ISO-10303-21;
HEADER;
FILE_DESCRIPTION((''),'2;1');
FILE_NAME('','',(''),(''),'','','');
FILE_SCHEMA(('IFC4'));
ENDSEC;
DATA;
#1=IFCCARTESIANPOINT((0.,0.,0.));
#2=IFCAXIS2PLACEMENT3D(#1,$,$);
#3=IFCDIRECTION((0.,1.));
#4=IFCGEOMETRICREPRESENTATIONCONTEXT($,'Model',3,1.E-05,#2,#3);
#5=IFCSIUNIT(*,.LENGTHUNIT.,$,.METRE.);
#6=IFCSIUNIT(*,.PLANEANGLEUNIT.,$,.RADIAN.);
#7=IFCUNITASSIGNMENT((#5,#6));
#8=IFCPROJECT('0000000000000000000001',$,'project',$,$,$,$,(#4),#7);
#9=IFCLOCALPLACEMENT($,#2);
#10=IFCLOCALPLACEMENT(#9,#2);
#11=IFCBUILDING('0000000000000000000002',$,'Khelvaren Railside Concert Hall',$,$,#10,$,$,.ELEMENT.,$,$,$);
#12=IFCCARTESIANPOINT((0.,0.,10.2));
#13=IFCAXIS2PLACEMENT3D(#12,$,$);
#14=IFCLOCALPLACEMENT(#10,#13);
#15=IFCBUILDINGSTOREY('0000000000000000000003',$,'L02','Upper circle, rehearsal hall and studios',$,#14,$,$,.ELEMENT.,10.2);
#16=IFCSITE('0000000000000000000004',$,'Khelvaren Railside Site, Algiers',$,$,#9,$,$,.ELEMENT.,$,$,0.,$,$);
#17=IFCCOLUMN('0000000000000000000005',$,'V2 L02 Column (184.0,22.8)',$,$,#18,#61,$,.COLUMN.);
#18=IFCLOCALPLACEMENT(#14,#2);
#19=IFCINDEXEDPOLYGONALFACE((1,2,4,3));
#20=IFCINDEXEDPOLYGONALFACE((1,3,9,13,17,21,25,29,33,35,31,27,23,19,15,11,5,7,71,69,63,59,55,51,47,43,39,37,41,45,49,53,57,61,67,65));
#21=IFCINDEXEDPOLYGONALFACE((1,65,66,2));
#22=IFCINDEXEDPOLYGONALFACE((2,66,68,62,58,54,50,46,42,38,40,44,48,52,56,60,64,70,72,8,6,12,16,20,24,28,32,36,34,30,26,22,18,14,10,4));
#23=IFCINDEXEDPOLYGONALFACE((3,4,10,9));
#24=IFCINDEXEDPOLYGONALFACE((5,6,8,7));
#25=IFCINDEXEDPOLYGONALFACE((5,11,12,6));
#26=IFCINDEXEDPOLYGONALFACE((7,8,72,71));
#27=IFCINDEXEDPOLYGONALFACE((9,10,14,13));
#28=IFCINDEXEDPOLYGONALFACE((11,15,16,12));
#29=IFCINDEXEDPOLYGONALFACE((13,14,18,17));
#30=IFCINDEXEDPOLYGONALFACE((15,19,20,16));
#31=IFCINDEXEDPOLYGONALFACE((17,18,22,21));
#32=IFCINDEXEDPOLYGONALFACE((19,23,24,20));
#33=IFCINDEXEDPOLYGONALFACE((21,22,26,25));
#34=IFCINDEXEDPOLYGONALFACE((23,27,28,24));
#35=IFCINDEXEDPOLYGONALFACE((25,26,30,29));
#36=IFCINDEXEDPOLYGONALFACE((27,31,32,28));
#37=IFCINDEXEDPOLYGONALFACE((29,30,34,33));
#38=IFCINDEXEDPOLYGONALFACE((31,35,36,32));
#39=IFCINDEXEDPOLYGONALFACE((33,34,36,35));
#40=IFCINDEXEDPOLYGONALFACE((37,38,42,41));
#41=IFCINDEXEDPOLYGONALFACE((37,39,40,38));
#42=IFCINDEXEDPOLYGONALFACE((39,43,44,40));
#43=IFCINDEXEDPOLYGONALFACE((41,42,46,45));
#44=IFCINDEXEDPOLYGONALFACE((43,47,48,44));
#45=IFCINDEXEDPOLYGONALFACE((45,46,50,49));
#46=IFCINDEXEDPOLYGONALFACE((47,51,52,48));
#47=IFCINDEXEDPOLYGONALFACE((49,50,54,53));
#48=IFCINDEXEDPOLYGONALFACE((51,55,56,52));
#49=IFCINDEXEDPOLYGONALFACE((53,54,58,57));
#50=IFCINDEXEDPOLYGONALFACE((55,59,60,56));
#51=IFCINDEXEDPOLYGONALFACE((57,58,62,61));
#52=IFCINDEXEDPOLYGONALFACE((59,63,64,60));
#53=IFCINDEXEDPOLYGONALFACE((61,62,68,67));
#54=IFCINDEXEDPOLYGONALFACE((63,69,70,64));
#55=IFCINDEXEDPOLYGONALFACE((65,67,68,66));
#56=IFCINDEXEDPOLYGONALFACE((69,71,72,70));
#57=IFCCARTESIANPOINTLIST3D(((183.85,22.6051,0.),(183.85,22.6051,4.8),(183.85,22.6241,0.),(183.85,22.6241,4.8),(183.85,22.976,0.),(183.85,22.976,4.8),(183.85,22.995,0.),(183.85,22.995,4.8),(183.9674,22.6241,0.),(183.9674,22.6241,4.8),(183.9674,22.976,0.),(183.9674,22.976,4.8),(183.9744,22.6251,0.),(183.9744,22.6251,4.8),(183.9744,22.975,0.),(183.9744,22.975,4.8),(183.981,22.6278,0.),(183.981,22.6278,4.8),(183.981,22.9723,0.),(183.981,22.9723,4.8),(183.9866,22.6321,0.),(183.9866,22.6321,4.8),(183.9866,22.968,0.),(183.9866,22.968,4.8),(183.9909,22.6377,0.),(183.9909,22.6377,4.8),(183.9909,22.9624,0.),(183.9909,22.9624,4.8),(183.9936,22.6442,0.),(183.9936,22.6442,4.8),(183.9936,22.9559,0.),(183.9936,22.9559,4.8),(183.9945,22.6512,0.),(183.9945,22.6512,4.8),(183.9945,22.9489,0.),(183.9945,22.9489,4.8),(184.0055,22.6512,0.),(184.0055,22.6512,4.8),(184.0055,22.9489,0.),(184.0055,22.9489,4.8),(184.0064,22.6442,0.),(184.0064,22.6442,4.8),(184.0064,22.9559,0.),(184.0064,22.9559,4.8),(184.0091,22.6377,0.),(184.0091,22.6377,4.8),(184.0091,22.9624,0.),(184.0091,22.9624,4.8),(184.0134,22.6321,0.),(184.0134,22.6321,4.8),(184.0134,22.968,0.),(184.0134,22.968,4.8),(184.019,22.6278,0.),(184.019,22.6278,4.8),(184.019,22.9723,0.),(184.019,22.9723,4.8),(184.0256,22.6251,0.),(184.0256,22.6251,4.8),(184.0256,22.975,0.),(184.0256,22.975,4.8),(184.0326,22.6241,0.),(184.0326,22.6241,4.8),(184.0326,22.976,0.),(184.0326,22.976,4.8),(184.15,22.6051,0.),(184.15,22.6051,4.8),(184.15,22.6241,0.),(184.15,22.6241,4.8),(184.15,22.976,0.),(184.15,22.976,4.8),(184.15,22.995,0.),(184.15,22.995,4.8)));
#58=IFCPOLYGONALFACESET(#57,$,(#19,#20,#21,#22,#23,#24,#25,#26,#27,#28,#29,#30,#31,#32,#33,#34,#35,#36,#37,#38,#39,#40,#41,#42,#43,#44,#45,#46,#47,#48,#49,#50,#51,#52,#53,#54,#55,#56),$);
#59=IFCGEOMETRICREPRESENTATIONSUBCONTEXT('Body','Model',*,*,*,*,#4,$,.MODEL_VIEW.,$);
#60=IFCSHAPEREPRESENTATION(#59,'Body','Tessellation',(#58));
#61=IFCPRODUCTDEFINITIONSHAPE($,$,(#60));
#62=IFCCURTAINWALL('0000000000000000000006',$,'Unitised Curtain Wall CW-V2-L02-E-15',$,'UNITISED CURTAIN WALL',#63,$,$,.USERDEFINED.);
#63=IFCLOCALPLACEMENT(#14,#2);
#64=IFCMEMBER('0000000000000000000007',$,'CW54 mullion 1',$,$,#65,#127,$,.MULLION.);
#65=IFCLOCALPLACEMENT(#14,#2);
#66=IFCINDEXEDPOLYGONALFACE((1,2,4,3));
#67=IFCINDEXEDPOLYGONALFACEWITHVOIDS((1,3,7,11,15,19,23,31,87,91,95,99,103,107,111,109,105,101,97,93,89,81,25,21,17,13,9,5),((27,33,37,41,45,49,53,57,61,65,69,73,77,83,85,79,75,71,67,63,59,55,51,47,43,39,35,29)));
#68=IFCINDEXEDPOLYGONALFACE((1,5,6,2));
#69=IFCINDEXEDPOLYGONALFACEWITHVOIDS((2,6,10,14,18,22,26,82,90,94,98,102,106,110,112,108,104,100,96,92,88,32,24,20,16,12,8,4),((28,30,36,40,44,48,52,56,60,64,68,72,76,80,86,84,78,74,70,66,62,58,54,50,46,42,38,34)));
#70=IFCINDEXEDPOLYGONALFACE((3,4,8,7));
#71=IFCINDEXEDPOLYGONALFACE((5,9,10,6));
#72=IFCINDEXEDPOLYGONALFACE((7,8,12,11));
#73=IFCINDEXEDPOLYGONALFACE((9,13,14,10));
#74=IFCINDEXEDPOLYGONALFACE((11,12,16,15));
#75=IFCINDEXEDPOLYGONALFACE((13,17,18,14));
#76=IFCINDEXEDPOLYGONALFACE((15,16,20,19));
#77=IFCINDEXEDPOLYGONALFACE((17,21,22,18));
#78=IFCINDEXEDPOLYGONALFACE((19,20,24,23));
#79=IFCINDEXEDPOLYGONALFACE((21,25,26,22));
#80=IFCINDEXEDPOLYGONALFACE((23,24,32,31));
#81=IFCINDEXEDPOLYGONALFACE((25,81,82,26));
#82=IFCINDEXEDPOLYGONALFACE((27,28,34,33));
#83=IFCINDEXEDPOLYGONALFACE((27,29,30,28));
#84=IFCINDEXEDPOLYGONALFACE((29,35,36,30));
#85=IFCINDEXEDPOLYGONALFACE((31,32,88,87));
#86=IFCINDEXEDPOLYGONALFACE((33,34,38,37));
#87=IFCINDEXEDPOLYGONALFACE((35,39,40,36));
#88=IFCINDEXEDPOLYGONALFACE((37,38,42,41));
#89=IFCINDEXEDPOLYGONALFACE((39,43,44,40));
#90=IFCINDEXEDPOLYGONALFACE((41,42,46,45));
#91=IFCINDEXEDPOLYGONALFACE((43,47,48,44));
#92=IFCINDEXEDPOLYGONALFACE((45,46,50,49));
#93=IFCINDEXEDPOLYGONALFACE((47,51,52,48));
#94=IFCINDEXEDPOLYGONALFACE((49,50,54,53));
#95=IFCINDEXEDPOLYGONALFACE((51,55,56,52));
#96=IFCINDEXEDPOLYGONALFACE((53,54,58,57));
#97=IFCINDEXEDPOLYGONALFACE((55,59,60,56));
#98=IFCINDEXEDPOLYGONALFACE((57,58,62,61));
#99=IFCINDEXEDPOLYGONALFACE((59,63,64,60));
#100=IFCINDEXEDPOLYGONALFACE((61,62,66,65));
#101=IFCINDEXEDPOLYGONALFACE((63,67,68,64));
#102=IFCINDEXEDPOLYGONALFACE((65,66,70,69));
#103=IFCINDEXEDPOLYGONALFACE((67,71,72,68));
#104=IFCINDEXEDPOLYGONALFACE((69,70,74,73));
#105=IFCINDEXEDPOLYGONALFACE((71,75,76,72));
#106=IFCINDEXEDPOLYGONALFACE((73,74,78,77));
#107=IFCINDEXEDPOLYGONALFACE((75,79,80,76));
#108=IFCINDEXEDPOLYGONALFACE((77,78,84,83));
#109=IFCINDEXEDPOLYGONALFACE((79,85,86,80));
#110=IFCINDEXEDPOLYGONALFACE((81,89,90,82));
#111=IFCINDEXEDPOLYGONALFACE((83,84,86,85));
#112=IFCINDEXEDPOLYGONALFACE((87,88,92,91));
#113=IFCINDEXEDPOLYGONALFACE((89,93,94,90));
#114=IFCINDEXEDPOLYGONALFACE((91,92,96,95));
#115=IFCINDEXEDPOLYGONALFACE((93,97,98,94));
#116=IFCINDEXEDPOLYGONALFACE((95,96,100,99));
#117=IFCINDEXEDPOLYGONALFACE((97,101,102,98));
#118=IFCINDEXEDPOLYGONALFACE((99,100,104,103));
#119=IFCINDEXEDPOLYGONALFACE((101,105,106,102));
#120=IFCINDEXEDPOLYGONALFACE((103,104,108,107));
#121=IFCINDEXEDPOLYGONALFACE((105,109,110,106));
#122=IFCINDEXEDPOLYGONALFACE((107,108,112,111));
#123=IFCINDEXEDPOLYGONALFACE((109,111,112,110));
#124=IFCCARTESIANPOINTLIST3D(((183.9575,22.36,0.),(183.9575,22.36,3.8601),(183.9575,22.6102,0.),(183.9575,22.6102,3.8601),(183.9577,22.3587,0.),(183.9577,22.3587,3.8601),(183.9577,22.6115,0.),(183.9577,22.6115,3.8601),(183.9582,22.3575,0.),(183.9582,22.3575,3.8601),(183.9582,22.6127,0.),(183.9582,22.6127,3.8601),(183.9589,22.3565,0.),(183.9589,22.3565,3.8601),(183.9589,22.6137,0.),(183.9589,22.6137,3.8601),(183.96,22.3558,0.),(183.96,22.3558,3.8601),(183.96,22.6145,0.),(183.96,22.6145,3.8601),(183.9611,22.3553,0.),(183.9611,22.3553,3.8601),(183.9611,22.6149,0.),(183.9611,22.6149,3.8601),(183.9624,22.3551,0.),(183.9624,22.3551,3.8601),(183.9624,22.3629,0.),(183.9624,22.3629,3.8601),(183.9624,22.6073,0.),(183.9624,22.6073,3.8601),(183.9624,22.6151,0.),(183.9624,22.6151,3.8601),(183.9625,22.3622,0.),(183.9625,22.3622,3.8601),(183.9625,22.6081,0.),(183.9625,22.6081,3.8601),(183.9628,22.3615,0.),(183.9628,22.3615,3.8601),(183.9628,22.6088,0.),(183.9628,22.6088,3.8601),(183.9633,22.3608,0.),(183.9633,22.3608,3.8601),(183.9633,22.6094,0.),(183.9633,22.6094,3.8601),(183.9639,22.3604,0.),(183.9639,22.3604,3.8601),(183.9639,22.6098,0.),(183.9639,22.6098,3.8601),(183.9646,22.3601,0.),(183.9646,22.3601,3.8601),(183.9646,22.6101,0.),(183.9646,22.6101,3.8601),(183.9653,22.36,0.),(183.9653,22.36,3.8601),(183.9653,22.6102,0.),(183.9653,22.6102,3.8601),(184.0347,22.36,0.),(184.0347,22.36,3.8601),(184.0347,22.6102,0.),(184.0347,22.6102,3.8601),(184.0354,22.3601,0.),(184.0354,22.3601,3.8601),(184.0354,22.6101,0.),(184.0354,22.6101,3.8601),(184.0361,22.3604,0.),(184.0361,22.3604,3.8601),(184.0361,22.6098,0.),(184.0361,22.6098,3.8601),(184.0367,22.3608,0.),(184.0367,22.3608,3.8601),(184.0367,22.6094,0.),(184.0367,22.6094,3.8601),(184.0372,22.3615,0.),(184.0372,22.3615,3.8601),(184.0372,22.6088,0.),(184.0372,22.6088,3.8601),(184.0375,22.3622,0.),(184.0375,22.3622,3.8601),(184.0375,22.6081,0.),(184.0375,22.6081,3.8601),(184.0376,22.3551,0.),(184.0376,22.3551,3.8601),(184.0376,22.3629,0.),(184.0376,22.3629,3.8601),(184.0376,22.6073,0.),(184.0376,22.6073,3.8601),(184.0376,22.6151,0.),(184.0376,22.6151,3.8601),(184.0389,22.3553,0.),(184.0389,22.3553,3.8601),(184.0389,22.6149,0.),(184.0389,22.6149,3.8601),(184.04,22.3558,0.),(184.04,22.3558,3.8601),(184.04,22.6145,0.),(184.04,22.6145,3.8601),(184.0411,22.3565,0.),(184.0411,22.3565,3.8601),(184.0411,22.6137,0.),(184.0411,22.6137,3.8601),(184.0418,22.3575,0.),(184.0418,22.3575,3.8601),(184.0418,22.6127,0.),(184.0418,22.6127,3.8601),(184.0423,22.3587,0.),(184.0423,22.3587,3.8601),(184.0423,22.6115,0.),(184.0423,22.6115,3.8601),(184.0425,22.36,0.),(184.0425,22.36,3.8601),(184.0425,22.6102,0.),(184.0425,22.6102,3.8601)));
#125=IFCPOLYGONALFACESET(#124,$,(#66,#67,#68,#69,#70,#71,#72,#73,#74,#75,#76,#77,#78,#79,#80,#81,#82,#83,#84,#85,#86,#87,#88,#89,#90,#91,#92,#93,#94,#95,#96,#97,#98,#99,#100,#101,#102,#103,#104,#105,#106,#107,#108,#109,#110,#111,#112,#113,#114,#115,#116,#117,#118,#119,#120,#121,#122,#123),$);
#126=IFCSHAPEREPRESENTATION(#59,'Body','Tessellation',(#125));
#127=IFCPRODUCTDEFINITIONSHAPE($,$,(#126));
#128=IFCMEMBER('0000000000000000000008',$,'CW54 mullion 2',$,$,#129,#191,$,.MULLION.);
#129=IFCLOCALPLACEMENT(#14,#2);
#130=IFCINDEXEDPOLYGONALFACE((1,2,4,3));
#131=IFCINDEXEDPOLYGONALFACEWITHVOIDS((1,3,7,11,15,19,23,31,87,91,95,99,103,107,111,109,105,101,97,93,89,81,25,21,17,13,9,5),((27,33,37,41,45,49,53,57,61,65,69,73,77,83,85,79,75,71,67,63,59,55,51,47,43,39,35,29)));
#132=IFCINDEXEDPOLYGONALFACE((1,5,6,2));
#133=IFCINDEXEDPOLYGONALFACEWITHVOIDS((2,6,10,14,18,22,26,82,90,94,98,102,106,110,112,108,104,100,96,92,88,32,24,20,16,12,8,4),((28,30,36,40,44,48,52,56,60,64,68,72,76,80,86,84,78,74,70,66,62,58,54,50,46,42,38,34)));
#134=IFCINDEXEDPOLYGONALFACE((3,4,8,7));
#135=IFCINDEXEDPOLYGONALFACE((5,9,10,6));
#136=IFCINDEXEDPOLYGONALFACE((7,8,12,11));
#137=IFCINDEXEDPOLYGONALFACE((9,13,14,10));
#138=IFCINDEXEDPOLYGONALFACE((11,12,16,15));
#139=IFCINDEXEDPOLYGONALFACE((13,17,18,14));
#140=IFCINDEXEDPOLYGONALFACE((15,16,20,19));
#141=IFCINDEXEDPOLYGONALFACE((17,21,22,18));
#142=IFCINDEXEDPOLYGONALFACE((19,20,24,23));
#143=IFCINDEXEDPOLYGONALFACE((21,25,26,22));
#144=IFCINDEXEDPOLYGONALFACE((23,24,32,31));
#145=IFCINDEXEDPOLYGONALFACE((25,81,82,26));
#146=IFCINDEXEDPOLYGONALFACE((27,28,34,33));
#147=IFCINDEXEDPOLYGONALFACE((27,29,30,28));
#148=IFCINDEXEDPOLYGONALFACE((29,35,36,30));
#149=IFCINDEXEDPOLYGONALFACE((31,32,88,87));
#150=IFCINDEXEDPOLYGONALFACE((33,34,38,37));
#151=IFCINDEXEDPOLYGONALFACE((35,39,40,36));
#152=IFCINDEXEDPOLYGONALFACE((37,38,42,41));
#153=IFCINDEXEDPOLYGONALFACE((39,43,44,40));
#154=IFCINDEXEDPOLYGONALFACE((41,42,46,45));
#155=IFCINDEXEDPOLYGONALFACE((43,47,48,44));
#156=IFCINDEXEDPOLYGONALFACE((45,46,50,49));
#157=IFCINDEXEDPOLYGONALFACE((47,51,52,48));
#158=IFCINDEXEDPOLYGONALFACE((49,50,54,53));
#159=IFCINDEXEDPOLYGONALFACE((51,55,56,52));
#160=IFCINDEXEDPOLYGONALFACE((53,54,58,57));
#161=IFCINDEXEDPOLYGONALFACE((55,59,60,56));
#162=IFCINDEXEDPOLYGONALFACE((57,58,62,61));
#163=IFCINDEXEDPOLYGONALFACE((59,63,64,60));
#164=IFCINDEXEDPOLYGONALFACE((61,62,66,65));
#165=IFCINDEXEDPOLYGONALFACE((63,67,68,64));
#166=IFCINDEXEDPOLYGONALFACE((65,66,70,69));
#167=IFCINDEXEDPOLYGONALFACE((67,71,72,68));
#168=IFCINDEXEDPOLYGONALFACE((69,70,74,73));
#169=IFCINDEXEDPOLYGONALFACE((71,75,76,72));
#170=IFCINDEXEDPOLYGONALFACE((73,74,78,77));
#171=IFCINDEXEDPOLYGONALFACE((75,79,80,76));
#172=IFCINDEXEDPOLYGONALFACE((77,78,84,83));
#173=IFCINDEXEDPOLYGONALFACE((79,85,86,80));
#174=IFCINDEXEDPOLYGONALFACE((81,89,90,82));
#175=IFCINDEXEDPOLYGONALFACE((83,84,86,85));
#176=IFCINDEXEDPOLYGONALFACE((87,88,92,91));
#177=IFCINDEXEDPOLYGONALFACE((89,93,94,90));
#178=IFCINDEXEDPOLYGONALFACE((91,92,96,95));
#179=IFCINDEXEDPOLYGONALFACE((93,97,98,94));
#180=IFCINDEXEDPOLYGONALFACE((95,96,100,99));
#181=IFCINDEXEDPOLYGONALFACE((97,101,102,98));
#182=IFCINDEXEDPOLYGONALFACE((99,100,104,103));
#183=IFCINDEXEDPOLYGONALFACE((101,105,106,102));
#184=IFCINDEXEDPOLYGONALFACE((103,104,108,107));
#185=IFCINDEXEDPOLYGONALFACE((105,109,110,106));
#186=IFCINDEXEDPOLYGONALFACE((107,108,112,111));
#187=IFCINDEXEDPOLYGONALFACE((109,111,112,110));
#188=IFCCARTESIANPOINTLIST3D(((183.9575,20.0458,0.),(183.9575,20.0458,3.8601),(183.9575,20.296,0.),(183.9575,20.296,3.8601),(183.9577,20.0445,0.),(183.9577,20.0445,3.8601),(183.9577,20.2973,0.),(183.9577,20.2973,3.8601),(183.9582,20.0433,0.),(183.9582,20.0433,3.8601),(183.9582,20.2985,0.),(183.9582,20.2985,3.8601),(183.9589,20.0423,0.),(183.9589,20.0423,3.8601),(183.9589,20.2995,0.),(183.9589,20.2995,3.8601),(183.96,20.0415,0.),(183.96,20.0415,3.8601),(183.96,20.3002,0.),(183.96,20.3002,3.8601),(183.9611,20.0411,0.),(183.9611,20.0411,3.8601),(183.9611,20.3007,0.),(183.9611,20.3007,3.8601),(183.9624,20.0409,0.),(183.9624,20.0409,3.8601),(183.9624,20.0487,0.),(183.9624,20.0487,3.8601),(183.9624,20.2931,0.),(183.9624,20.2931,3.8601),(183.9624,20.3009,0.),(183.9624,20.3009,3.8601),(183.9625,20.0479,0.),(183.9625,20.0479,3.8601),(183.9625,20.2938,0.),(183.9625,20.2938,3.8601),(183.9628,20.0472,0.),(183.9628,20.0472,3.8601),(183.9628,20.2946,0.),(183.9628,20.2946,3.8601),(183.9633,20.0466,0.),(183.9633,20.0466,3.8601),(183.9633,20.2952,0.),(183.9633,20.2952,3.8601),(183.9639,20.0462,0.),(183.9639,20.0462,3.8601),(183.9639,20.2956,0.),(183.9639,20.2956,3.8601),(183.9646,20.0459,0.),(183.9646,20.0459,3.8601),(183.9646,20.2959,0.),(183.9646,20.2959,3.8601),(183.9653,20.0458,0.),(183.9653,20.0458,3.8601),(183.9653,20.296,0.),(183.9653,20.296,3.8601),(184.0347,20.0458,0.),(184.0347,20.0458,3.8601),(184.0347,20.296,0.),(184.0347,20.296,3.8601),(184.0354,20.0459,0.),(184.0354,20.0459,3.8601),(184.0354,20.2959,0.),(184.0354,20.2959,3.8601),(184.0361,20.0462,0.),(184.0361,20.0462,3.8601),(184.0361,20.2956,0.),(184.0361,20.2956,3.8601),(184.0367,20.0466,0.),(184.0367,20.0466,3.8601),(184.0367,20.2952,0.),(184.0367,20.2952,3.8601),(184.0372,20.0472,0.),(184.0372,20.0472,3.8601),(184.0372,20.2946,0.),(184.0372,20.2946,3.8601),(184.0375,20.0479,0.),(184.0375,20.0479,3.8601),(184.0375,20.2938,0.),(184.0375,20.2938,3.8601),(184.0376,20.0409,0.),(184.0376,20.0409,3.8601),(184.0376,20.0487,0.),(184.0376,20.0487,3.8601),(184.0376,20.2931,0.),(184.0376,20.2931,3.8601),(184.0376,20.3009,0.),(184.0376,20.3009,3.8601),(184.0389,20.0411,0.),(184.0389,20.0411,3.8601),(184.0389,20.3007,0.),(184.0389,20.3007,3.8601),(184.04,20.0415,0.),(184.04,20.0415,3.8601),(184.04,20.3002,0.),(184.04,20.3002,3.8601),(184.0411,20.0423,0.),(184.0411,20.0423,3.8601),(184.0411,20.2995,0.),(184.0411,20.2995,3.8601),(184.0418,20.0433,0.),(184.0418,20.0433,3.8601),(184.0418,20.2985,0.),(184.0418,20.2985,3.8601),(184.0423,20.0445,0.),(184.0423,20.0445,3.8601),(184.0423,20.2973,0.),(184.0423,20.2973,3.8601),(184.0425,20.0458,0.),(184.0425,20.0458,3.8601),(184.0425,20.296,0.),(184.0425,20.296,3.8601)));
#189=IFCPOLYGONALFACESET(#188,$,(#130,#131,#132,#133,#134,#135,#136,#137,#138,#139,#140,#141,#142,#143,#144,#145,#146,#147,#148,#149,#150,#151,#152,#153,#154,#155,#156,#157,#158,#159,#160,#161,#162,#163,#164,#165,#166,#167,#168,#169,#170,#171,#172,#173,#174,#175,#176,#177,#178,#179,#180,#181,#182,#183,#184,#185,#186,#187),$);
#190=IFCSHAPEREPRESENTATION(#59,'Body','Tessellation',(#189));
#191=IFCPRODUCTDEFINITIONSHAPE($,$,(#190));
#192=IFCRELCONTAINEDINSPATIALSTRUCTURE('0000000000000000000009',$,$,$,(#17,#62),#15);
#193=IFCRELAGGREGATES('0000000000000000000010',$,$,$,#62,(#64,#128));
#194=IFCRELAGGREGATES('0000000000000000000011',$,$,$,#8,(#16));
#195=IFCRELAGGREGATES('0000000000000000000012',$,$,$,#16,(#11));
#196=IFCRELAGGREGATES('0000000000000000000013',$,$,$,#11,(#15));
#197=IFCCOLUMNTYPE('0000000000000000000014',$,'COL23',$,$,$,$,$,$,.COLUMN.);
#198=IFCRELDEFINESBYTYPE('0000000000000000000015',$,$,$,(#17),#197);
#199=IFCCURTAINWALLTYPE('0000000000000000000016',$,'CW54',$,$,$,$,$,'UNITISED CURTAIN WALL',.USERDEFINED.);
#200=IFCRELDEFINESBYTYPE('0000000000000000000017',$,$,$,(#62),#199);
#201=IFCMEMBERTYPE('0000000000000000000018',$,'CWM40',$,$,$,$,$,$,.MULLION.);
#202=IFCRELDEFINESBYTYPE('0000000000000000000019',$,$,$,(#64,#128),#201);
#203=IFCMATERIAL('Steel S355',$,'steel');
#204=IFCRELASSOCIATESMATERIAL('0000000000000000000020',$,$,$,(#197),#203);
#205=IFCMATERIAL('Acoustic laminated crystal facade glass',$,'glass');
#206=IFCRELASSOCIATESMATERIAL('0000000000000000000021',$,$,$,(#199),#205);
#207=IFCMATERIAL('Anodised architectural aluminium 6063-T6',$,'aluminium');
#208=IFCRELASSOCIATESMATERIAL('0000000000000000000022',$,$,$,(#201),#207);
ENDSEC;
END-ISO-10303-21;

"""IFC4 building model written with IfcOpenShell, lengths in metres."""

from ifc_helpers import new_model, si_unit, direction, frame, origin, origin_2d, place, context, subcontext, project, spatial, hollow_rectangle, i_section, extrude, material, material_profile, profile_set, type_object, element, aggregate, save


model = new_model("IFC4")

# Units and contexts
model_context = context("Model", 3, precision=1e-05, world=origin(), true_north=direction((0.0, 1.0)))
body_context = subcontext(model_context, "Body", "Model", "MODEL_VIEW")
ifc_project = project(units=[si_unit("LENGTHUNIT", "METRE"), si_unit("PLANEANGLEUNIT", "RADIAN")], contexts=[model_context])

# Site, building, storey
site_placement = place(None, origin())
site = spatial("IfcSite", under=ifc_project, at=site_placement, Name="Khelvaren Railside Site, Algiers", CompositionType="ELEMENT", RefElevation=0.0)
building_placement = place(site_placement, origin())
building = spatial("IfcBuilding", under=site, at=building_placement, Name="Khelvaren Railside Concert Hall", CompositionType="ELEMENT")
storey_placement = place(building_placement, frame((0.0, 0.0, 10.2)))
storey = spatial("IfcBuildingStorey", under=building, at=storey_placement, Name="L02", Description="Upper circle, rehearsal hall and studios", CompositionType="ELEMENT", Elevation=10.2)

# Column
ifc_material_1 = material(Name="Steel S355", Category="steel")
ifc_material_profile_1 = material_profile(ifc_material_1, i_section(OverallWidth=0.3, OverallDepth=0.3899, WebThickness=0.011, FlangeThickness=0.019, FilletRadius=0.0271, at=origin_2d()), Name="HEA 400")
ifc_profile_set_1 = profile_set([ifc_material_profile_1], Name="Steel S355")
column_type = type_object("IfcColumnType", Name="COL23", PredefinedType="COLUMN", material=ifc_profile_set_1)
column_placement = place(storey_placement, frame((184.0, 22.8, 0.0), z_axis=(0.0, 0.0, 1.0), x_axis=(1.0, 0.0, 0.0)))
element("IfcColumn", 1, at=column_placement, inside=storey, type_object=column_type, Name="V2 L02 Column (184.0,22.8)", PredefinedType="COLUMN", context=body_context, shape_type="SweptSolid", body=[
    extrude(i_section(OverallWidth=0.3, OverallDepth=0.3899, WebThickness=0.011, FlangeThickness=0.019, FilletRadius=0.0271, at=origin_2d()), origin(), (0.0, 0.0, 1.0), 4.8),
])

# Curtain wall, members
ifc_material_2 = material(Name="Acoustic laminated crystal facade glass", Category="glass")
curtain_wall_type = type_object("IfcCurtainWallType", Name="CW54", ElementType="UNITISED CURTAIN WALL", PredefinedType="USERDEFINED", material=ifc_material_2)
curtain_wall_placement = place(storey_placement, origin())
curtain_wall = element("IfcCurtainWall", 2, at=curtain_wall_placement, inside=storey, type_object=curtain_wall_type, Name="Unitised Curtain Wall CW-V2-L02-E-15", ObjectType="UNITISED CURTAIN WALL", PredefinedType="USERDEFINED")
ifc_material_3 = material(Name="Anodised architectural aluminium 6063-T6", Category="aluminium")
ifc_material_profile_2 = material_profile(ifc_material_3, hollow_rectangle(XDim=0.085, YDim=0.26, WallThickness=0.0049, InnerFilletRadius=0.0029, OuterFilletRadius=0.0049, at=origin_2d()), Name="CWM 85x260x5")
ifc_profile_set_2 = profile_set([ifc_material_profile_2], Name="Anodised architectural aluminium 6063-T6")
member_type_1 = type_object("IfcMemberType", Name="CWM40", PredefinedType="MULLION", material=ifc_profile_set_2)
member_1_placement = place(storey_placement, frame((184.0, 22.4851, 0.0), z_axis=(0.0, 0.0, 1.0), x_axis=(1.0, 0.0, 0.0)))
member_1 = element("IfcMember", 3, at=member_1_placement, type_object=member_type_1, Name="CW54 mullion 1", PredefinedType="MULLION", context=body_context, shape_type="SweptSolid", body=[
    extrude(hollow_rectangle(XDim=0.085, YDim=0.26, WallThickness=0.0049, InnerFilletRadius=0.0029, OuterFilletRadius=0.0049, at=origin_2d()), origin(), (0.0, 0.0, 1.0), 3.8601),
])
member_2_placement = place(storey_placement, frame((184.0, 20.1709, 0.0), z_axis=(0.0, 0.0, 1.0), x_axis=(1.0, 0.0, 0.0)))
member_2 = element("IfcMember", 4, at=member_2_placement, type_object=member_type_1, Name="CW54 mullion 2", PredefinedType="MULLION", context=body_context, shape_type="SweptSolid", body=[
    extrude(hollow_rectangle(XDim=0.085, YDim=0.26, WallThickness=0.0049, InnerFilletRadius=0.0029, OuterFilletRadius=0.0049, at=origin_2d()), origin(), (0.0, 0.0, 1.0), 3.8601),
])
aggregate(curtain_wall, [member_1, member_2])

save(model, "model.ifc")
